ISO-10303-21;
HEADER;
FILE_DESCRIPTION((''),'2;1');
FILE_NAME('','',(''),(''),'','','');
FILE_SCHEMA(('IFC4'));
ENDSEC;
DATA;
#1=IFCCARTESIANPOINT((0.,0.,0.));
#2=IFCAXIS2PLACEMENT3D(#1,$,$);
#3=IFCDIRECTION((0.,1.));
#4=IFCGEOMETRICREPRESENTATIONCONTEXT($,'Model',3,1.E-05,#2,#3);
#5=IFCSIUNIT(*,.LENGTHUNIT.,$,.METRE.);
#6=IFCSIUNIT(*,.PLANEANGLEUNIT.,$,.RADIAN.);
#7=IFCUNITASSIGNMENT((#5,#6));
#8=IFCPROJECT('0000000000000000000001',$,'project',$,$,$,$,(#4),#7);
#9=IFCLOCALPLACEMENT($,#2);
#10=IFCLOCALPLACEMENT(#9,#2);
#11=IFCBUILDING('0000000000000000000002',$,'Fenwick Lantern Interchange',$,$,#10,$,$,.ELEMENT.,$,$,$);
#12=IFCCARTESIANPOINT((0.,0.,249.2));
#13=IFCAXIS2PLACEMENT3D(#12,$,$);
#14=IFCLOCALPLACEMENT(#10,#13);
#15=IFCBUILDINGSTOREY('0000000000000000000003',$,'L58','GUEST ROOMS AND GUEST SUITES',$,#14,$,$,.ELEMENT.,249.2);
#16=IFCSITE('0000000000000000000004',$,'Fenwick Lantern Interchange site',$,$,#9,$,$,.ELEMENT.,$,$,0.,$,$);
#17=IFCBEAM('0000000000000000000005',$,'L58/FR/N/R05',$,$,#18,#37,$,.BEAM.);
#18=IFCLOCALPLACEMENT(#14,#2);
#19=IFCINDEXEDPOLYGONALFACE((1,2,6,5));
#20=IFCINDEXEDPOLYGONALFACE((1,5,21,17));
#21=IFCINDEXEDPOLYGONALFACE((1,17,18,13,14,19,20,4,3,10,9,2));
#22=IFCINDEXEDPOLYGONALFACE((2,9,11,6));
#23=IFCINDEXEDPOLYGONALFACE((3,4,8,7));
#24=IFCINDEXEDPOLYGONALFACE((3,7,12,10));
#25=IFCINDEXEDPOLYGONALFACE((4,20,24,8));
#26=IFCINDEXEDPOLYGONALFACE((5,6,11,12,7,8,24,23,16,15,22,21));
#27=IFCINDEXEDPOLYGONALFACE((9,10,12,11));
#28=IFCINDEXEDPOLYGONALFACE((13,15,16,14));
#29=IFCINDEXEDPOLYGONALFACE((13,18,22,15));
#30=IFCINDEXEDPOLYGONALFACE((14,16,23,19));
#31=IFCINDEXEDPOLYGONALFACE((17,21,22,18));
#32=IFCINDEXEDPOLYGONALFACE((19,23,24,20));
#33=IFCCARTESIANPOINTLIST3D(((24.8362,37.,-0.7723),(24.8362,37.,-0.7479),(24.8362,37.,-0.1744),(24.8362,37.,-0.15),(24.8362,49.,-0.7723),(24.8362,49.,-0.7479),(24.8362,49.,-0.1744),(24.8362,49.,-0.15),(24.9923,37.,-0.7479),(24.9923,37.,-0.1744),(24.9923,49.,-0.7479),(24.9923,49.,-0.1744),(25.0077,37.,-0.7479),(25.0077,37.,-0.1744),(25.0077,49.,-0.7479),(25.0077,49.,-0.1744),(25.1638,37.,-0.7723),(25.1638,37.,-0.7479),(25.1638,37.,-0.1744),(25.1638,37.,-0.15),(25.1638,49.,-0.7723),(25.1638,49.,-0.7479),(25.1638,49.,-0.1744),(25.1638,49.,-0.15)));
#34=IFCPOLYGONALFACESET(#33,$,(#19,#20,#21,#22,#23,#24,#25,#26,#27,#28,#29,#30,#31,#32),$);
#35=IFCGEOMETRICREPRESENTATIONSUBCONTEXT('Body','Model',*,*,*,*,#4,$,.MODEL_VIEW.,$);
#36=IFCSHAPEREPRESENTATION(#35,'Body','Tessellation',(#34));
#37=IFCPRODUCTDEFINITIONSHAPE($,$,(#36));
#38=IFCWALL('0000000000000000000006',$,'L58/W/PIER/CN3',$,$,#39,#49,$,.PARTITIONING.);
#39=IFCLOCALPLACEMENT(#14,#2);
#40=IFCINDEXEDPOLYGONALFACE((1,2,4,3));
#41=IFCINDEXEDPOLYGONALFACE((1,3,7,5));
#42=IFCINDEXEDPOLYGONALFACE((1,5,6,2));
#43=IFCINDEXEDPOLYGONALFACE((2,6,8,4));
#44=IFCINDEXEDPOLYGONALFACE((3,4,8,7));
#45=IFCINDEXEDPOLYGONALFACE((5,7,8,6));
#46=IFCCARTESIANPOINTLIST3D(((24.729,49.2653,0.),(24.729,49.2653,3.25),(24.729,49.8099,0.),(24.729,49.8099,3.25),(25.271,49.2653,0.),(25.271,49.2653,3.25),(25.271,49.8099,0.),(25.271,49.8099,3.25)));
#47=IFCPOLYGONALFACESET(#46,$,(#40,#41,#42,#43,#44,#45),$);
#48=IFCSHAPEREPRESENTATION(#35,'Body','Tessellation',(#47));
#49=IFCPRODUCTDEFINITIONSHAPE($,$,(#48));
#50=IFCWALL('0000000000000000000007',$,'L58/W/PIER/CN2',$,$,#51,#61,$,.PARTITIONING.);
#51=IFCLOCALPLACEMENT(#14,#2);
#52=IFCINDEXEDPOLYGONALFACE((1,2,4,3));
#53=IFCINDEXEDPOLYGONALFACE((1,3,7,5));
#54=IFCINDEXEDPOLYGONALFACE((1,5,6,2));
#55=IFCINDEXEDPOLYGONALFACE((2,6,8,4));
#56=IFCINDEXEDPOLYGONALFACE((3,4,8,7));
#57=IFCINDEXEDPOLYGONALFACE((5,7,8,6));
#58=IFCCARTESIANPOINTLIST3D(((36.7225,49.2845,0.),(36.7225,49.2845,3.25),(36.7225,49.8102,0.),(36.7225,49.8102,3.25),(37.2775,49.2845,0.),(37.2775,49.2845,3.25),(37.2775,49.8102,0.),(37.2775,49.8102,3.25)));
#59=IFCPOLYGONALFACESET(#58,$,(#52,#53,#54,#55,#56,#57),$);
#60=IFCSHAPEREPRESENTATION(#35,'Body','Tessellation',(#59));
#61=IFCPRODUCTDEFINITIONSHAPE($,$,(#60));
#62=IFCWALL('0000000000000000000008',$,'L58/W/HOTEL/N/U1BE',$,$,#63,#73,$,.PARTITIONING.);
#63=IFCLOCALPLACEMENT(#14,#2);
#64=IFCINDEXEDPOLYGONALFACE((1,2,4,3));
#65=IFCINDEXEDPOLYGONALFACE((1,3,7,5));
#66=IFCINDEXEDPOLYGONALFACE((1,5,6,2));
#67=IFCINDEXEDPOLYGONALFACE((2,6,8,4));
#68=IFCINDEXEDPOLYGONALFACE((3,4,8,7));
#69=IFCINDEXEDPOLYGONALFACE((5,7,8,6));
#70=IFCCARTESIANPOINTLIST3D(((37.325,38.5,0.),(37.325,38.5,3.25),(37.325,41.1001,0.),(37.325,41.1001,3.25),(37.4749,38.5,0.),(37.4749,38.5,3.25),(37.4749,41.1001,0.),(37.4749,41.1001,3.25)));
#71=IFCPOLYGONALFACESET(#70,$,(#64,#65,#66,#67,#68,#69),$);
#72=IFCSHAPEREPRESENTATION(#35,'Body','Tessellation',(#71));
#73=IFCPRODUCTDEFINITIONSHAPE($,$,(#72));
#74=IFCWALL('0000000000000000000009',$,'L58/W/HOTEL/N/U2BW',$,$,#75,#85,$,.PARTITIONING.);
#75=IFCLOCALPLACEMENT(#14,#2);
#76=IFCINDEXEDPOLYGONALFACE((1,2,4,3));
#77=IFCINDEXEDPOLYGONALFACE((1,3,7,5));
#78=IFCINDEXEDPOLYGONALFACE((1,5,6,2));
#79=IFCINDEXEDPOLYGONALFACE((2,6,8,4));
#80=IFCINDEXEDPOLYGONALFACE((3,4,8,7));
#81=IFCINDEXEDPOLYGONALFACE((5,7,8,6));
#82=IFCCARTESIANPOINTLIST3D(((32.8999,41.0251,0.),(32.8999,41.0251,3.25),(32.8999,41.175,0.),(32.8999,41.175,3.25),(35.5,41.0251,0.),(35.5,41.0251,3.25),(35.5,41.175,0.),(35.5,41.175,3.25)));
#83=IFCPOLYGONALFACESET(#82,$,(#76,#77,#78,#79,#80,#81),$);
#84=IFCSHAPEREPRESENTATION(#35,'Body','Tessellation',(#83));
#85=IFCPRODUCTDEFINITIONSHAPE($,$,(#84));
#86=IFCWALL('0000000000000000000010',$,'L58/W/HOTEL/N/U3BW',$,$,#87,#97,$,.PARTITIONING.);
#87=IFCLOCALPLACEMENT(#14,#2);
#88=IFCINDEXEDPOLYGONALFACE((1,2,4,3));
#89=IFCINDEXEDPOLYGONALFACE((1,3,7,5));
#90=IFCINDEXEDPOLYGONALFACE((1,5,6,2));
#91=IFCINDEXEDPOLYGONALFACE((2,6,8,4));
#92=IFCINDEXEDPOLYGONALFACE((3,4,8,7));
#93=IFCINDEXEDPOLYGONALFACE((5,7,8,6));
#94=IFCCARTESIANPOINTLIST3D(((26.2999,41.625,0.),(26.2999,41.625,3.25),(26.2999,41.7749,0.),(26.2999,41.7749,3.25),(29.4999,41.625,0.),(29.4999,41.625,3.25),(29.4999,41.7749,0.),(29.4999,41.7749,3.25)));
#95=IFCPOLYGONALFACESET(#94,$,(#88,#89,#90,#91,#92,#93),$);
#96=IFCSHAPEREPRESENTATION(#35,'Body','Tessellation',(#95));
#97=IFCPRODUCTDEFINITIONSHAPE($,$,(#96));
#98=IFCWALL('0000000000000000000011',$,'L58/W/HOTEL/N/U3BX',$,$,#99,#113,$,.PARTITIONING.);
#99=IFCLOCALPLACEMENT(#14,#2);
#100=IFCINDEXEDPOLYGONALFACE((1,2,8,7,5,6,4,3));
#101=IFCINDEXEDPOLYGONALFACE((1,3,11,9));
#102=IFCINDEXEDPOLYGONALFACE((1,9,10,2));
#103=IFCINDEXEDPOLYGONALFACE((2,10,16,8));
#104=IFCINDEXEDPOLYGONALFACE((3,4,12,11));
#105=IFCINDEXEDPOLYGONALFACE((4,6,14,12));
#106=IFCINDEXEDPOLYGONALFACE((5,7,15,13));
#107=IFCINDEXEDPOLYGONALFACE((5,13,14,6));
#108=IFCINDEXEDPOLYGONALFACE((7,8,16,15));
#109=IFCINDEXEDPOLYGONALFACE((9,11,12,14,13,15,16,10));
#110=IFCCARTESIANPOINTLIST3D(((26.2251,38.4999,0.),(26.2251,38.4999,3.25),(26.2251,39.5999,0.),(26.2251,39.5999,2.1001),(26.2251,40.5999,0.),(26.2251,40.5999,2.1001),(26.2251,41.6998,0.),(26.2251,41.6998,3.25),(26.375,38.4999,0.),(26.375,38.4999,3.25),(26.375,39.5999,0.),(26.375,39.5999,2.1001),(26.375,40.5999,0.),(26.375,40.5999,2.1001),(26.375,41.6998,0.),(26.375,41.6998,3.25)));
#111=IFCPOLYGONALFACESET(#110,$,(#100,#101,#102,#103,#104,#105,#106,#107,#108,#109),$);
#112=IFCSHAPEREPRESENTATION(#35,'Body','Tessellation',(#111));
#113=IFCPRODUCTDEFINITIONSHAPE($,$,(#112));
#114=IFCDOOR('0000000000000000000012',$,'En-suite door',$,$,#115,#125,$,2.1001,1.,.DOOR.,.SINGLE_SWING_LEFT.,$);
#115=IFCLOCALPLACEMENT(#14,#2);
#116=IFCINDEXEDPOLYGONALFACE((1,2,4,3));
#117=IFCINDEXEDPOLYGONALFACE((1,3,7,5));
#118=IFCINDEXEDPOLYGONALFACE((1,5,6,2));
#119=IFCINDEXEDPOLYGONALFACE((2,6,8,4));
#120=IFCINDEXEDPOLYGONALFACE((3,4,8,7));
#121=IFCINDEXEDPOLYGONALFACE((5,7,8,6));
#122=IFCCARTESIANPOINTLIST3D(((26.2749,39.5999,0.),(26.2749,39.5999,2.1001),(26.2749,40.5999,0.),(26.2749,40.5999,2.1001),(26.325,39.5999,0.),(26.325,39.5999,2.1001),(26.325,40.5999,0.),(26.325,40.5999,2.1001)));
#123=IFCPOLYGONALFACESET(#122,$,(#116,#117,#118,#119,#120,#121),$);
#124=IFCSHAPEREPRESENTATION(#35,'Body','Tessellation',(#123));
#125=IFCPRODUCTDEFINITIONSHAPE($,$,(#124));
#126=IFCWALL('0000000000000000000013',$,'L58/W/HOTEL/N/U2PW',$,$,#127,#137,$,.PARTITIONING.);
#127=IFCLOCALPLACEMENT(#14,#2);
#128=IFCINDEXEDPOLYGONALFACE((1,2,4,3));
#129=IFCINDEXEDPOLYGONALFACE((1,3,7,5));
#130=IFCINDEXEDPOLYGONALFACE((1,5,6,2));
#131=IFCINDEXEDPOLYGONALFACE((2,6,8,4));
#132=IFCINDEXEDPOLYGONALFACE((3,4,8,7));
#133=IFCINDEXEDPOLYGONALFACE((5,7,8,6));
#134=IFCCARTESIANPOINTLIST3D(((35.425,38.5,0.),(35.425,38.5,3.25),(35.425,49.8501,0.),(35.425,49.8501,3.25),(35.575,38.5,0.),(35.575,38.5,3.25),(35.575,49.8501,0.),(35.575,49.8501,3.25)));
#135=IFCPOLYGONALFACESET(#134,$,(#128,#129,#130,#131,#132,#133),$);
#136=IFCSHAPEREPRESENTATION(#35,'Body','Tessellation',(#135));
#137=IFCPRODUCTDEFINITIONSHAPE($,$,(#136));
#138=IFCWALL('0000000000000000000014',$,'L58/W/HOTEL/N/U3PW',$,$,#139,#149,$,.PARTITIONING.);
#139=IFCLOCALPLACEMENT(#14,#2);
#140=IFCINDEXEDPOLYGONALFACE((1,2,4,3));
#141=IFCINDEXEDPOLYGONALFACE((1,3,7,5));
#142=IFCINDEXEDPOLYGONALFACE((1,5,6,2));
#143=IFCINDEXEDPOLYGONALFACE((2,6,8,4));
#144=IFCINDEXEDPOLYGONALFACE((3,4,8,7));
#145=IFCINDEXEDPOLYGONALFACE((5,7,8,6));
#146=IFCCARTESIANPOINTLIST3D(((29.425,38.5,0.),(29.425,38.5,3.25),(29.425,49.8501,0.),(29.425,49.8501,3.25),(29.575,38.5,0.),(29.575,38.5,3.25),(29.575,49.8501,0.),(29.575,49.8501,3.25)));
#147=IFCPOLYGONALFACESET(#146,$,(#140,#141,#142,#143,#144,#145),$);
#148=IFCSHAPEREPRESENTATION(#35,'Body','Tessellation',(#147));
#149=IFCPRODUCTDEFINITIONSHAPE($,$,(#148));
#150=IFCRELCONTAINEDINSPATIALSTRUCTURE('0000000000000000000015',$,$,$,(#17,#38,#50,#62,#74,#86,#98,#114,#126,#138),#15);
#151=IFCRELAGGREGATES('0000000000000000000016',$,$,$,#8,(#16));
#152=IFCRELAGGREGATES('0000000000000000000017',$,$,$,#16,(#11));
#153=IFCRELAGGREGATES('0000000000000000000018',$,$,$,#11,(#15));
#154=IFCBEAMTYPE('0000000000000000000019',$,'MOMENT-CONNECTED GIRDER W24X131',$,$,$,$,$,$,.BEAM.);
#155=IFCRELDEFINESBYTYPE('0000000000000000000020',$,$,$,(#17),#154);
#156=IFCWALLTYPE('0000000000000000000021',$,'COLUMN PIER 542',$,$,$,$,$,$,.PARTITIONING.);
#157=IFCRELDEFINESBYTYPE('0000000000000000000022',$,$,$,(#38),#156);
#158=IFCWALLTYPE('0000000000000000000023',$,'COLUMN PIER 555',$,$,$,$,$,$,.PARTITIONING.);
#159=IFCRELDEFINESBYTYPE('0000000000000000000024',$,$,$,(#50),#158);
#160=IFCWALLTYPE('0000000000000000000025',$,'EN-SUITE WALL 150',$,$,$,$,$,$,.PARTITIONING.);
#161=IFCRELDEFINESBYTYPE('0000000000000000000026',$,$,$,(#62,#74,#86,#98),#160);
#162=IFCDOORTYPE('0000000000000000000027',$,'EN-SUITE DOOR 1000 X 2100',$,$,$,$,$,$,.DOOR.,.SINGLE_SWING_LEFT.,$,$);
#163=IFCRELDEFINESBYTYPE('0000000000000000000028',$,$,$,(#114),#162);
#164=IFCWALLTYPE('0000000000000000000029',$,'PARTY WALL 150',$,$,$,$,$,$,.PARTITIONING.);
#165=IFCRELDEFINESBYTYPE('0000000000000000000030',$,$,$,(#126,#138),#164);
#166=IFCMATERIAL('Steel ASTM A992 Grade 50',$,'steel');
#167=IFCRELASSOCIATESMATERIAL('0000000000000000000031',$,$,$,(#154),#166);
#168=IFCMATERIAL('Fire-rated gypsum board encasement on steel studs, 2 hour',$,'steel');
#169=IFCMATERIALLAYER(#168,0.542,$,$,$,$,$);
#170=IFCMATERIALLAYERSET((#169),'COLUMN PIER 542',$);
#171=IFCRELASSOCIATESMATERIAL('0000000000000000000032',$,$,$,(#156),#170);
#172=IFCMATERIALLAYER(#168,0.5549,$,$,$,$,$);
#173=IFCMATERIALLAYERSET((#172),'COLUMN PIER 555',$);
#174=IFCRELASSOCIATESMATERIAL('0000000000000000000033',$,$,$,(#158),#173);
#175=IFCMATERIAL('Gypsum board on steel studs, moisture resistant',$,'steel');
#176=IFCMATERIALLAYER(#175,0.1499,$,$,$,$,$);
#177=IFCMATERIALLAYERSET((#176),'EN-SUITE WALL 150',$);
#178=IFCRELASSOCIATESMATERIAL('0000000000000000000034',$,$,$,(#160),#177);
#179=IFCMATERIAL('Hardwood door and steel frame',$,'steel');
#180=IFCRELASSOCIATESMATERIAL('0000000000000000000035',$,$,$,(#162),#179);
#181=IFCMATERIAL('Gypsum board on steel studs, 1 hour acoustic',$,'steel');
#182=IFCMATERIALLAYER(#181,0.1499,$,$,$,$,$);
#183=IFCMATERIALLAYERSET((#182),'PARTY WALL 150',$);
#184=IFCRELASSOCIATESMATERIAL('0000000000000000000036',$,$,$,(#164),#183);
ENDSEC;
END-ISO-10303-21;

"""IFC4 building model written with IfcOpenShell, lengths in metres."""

from ifc_helpers import new_model, si_unit, direction, frame, frame_2d, origin, origin_2d, place, context, subcontext, project, spatial, rectangle, i_section, extrude, material, layer, layer_set, material_profile, profile_set, type_object, element, fill, save


model = new_model("IFC4")

# Units and contexts
model_context = context("Model", 3, precision=1e-05, world=origin(), true_north=direction((0.0, 1.0)))
body_context = subcontext(model_context, "Body", "Model", "MODEL_VIEW")
ifc_project = project(units=[si_unit("LENGTHUNIT", "METRE"), si_unit("PLANEANGLEUNIT", "RADIAN")], contexts=[model_context])

# Site, building, storey
site_placement = place(None, origin())
site = spatial("IfcSite", under=ifc_project, at=site_placement, Name="Fenwick Lantern Interchange site", CompositionType="ELEMENT", RefElevation=0.0)
building_placement = place(site_placement, origin())
building = spatial("IfcBuilding", under=site, at=building_placement, Name="Fenwick Lantern Interchange", CompositionType="ELEMENT")
storey_placement = place(building_placement, frame((0.0, 0.0, 249.2)))
storey = spatial("IfcBuildingStorey", under=building, at=storey_placement, Name="L58", Description="GUEST ROOMS AND GUEST SUITES", CompositionType="ELEMENT", Elevation=249.2)

# Shared definitions
ifc_material_1 = material(Name="Steel ASTM A992 Grade 50", Category="steel")

# Beam
ifc_material_profile_1 = material_profile(ifc_material_1, i_section(OverallWidth=0.3276, OverallDepth=0.6223, WebThickness=0.0154, FlangeThickness=0.0244, at=origin_2d()), Name="W24X131")
ifc_profile_set_1 = profile_set([ifc_material_profile_1], Name="Steel ASTM A992 Grade 50")
beam_type_1 = type_object("IfcBeamType", Name="MOMENT-CONNECTED GIRDER W24X131", PredefinedType="BEAM", material=ifc_profile_set_1)
for number, where, z_axis, x_axis, name in (
    (1, (25.0, 49.0, -0.4612), (0.0, -1.0, 0.0), (1.0, 0.0, 0.0), "L58/FR/N/R05"),
):
    element("IfcBeam", number, at=place(storey_placement, frame(where, z_axis=z_axis, x_axis=x_axis)), inside=storey, type_object=beam_type_1, Name=name, PredefinedType="BEAM", context=body_context, shape_type="SweptSolid", body=[
        extrude(i_section(OverallWidth=0.3276, OverallDepth=0.6223, WebThickness=0.0154, FlangeThickness=0.0244, at=origin_2d()), origin(), (0.0, 0.0, 1.0), 12.0),
    ])

# Walls
ifc_material_2 = material(Name="Fire-rated gypsum board encasement on steel studs, 2 hour", Category="steel")
ifc_layer_1 = layer(ifc_material_2, 0.542)
ifc_layer_set_1 = layer_set([ifc_layer_1], Name="COLUMN PIER 542")
wall_type_1 = type_object("IfcWallType", Name="COLUMN PIER 542", PredefinedType="PARTITIONING", material=ifc_layer_set_1)
wall_1_placement = place(storey_placement, frame((25.0, 49.8101, 0.0), z_axis=(0.0, 0.0, 1.0), x_axis=(0.0, -1.0, 0.0)))
element("IfcWall", 2, at=wall_1_placement, inside=storey, type_object=wall_type_1, Name="L58/W/PIER/CN3", PredefinedType="PARTITIONING", context=body_context, shape_type="SweptSolid", body=[
    extrude(rectangle(XDim=0.5447, YDim=0.542, at=frame_2d((0.2725, 0.0))), origin(), (0.0, 0.0, 1.0), 3.25),
])
ifc_layer_2 = layer(ifc_material_2, 0.5549)
ifc_layer_set_2 = layer_set([ifc_layer_2], Name="COLUMN PIER 555")
wall_type_2 = type_object("IfcWallType", Name="COLUMN PIER 555", PredefinedType="PARTITIONING", material=ifc_layer_set_2)
wall_2_placement = place(storey_placement, frame((37.0, 49.8101, 0.0), z_axis=(0.0, 0.0, 1.0), x_axis=(0.0, -1.0, 0.0)))
element("IfcWall", 3, at=wall_2_placement, inside=storey, type_object=wall_type_2, Name="L58/W/PIER/CN2", PredefinedType="PARTITIONING", context=body_context, shape_type="SweptSolid", body=[
    extrude(rectangle(XDim=0.5256, YDim=0.5549, at=frame_2d((0.2627, 0.0))), origin(), (0.0, 0.0, 1.0), 3.25),
])
ifc_material_3 = material(Name="Gypsum board on steel studs, moisture resistant", Category="steel")
ifc_layer_3 = layer(ifc_material_3, 0.1499)
ifc_layer_set_3 = layer_set([ifc_layer_3], Name="EN-SUITE WALL 150")
wall_type_3 = type_object("IfcWallType", Name="EN-SUITE WALL 150", PredefinedType="PARTITIONING", material=ifc_layer_set_3)
for number, where, z_axis, x_axis, name in (
    (4, (37.3999, 41.1001, 0.0), (0.0, 0.0, 1.0), (0.0, -1.0, 0.0), "L58/W/HOTEL/N/U1BE"),
    (5, (35.5, 41.1001, 0.0), (0.0, 0.0, 1.0), (-1.0, 0.0, 0.0), "L58/W/HOTEL/N/U2BW"),
):
    element("IfcWall", number, at=place(storey_placement, frame(where, z_axis=z_axis, x_axis=x_axis)), inside=storey, type_object=wall_type_3, Name=name, PredefinedType="PARTITIONING", context=body_context, shape_type="SweptSolid", body=[
        extrude(rectangle(XDim=2.6001, YDim=0.1499, at=frame_2d((1.3, 0.0))), origin(), (0.0, 0.0, 1.0), 3.25),
    ])
wall_3_placement = place(storey_placement, frame((29.5, 41.7, 0.0), z_axis=(0.0, 0.0, 1.0), x_axis=(-1.0, 0.0, 0.0)))
element("IfcWall", 6, at=wall_3_placement, inside=storey, type_object=wall_type_3, Name="L58/W/HOTEL/N/U3BW", PredefinedType="PARTITIONING", context=body_context, shape_type="SweptSolid", body=[
    extrude(rectangle(XDim=3.2, YDim=0.1499, at=frame_2d((1.6001, 0.0))), origin(), (0.0, 0.0, 1.0), 3.25),
])

# Wall, opening, door
wall_4_placement = place(storey_placement, frame((26.3, 41.7, 0.0), z_axis=(0.0, 0.0, 1.0), x_axis=(0.0, -1.0, 0.0)))
wall_4 = element("IfcWall", 7, at=wall_4_placement, inside=storey, type_object=wall_type_3, Name="L58/W/HOTEL/N/U3BX", PredefinedType="PARTITIONING", context=body_context, shape_type="SweptSolid", body=[
    extrude(rectangle(XDim=3.2, YDim=0.1499, at=frame_2d((1.6001, 0.0))), origin(), (0.0, 0.0, 1.0), 3.25),
])
opening_placement = place(wall_4_placement, frame((1.1001, 0.0, 0.0)))
opening = element("IfcOpeningElement", 8, at=opening_placement, cuts=wall_4, PredefinedType="OPENING", context=body_context, shape_type="SweptSolid", body=[
    extrude(rectangle(XDim=1.0, YDim=2.1001, at=frame_2d((0.5, 1.05))), frame((0.0, 0.085, 0.0), z_axis=(0.0, -1.0, 0.0), x_axis=(1.0, 0.0, 0.0)), (0.0, 0.0, 1.0), 0.1699),
])
ifc_material_4 = material(Name="Hardwood door and steel frame", Category="steel")
door_type = type_object("IfcDoorType", Name="EN-SUITE DOOR 1000 X 2100", OperationType="SINGLE_SWING_LEFT", PredefinedType="DOOR", material=ifc_material_4)
door_placement = place(opening_placement, origin())
door = element("IfcDoor", 9, at=door_placement, inside=storey, type_object=door_type, Name="En-suite door", OperationType="SINGLE_SWING_LEFT", OverallHeight=2.1001, OverallWidth=1.0, PredefinedType="DOOR", context=body_context, shape_type="SweptSolid", body=[
    extrude(rectangle(XDim=1.0, YDim=2.1001, at=frame_2d((0.5, 1.05))), frame((0.0, 0.0249, 0.0), z_axis=(0.0, -1.0, 0.0), x_axis=(1.0, 0.0, 0.0)), (0.0, 0.0, 1.0), 0.05),
])
fill(opening, door)

# Walls
ifc_material_5 = material(Name="Gypsum board on steel studs, 1 hour acoustic", Category="steel")
ifc_layer_4 = layer(ifc_material_5, 0.1499)
ifc_layer_set_4 = layer_set([ifc_layer_4], Name="PARTY WALL 150")
wall_type_4 = type_object("IfcWallType", Name="PARTY WALL 150", PredefinedType="PARTITIONING", material=ifc_layer_set_4)
for number, where, z_axis, x_axis, name in (
    (10, (35.5, 49.8501, 0.0), (0.0, 0.0, 1.0), (0.0, -1.0, 0.0), "L58/W/HOTEL/N/U2PW"),
    (11, (29.5, 49.8501, 0.0), (0.0, 0.0, 1.0), (0.0, -1.0, 0.0), "L58/W/HOTEL/N/U3PW"),
):
    element("IfcWall", number, at=place(storey_placement, frame(where, z_axis=z_axis, x_axis=x_axis)), inside=storey, type_object=wall_type_4, Name=name, PredefinedType="PARTITIONING", context=body_context, shape_type="SweptSolid", body=[
        extrude(rectangle(XDim=11.3501, YDim=0.1499, at=frame_2d((5.675, 0.0))), origin(), (0.0, 0.0, 1.0), 3.25),
    ])

save(model, "model.ifc")
